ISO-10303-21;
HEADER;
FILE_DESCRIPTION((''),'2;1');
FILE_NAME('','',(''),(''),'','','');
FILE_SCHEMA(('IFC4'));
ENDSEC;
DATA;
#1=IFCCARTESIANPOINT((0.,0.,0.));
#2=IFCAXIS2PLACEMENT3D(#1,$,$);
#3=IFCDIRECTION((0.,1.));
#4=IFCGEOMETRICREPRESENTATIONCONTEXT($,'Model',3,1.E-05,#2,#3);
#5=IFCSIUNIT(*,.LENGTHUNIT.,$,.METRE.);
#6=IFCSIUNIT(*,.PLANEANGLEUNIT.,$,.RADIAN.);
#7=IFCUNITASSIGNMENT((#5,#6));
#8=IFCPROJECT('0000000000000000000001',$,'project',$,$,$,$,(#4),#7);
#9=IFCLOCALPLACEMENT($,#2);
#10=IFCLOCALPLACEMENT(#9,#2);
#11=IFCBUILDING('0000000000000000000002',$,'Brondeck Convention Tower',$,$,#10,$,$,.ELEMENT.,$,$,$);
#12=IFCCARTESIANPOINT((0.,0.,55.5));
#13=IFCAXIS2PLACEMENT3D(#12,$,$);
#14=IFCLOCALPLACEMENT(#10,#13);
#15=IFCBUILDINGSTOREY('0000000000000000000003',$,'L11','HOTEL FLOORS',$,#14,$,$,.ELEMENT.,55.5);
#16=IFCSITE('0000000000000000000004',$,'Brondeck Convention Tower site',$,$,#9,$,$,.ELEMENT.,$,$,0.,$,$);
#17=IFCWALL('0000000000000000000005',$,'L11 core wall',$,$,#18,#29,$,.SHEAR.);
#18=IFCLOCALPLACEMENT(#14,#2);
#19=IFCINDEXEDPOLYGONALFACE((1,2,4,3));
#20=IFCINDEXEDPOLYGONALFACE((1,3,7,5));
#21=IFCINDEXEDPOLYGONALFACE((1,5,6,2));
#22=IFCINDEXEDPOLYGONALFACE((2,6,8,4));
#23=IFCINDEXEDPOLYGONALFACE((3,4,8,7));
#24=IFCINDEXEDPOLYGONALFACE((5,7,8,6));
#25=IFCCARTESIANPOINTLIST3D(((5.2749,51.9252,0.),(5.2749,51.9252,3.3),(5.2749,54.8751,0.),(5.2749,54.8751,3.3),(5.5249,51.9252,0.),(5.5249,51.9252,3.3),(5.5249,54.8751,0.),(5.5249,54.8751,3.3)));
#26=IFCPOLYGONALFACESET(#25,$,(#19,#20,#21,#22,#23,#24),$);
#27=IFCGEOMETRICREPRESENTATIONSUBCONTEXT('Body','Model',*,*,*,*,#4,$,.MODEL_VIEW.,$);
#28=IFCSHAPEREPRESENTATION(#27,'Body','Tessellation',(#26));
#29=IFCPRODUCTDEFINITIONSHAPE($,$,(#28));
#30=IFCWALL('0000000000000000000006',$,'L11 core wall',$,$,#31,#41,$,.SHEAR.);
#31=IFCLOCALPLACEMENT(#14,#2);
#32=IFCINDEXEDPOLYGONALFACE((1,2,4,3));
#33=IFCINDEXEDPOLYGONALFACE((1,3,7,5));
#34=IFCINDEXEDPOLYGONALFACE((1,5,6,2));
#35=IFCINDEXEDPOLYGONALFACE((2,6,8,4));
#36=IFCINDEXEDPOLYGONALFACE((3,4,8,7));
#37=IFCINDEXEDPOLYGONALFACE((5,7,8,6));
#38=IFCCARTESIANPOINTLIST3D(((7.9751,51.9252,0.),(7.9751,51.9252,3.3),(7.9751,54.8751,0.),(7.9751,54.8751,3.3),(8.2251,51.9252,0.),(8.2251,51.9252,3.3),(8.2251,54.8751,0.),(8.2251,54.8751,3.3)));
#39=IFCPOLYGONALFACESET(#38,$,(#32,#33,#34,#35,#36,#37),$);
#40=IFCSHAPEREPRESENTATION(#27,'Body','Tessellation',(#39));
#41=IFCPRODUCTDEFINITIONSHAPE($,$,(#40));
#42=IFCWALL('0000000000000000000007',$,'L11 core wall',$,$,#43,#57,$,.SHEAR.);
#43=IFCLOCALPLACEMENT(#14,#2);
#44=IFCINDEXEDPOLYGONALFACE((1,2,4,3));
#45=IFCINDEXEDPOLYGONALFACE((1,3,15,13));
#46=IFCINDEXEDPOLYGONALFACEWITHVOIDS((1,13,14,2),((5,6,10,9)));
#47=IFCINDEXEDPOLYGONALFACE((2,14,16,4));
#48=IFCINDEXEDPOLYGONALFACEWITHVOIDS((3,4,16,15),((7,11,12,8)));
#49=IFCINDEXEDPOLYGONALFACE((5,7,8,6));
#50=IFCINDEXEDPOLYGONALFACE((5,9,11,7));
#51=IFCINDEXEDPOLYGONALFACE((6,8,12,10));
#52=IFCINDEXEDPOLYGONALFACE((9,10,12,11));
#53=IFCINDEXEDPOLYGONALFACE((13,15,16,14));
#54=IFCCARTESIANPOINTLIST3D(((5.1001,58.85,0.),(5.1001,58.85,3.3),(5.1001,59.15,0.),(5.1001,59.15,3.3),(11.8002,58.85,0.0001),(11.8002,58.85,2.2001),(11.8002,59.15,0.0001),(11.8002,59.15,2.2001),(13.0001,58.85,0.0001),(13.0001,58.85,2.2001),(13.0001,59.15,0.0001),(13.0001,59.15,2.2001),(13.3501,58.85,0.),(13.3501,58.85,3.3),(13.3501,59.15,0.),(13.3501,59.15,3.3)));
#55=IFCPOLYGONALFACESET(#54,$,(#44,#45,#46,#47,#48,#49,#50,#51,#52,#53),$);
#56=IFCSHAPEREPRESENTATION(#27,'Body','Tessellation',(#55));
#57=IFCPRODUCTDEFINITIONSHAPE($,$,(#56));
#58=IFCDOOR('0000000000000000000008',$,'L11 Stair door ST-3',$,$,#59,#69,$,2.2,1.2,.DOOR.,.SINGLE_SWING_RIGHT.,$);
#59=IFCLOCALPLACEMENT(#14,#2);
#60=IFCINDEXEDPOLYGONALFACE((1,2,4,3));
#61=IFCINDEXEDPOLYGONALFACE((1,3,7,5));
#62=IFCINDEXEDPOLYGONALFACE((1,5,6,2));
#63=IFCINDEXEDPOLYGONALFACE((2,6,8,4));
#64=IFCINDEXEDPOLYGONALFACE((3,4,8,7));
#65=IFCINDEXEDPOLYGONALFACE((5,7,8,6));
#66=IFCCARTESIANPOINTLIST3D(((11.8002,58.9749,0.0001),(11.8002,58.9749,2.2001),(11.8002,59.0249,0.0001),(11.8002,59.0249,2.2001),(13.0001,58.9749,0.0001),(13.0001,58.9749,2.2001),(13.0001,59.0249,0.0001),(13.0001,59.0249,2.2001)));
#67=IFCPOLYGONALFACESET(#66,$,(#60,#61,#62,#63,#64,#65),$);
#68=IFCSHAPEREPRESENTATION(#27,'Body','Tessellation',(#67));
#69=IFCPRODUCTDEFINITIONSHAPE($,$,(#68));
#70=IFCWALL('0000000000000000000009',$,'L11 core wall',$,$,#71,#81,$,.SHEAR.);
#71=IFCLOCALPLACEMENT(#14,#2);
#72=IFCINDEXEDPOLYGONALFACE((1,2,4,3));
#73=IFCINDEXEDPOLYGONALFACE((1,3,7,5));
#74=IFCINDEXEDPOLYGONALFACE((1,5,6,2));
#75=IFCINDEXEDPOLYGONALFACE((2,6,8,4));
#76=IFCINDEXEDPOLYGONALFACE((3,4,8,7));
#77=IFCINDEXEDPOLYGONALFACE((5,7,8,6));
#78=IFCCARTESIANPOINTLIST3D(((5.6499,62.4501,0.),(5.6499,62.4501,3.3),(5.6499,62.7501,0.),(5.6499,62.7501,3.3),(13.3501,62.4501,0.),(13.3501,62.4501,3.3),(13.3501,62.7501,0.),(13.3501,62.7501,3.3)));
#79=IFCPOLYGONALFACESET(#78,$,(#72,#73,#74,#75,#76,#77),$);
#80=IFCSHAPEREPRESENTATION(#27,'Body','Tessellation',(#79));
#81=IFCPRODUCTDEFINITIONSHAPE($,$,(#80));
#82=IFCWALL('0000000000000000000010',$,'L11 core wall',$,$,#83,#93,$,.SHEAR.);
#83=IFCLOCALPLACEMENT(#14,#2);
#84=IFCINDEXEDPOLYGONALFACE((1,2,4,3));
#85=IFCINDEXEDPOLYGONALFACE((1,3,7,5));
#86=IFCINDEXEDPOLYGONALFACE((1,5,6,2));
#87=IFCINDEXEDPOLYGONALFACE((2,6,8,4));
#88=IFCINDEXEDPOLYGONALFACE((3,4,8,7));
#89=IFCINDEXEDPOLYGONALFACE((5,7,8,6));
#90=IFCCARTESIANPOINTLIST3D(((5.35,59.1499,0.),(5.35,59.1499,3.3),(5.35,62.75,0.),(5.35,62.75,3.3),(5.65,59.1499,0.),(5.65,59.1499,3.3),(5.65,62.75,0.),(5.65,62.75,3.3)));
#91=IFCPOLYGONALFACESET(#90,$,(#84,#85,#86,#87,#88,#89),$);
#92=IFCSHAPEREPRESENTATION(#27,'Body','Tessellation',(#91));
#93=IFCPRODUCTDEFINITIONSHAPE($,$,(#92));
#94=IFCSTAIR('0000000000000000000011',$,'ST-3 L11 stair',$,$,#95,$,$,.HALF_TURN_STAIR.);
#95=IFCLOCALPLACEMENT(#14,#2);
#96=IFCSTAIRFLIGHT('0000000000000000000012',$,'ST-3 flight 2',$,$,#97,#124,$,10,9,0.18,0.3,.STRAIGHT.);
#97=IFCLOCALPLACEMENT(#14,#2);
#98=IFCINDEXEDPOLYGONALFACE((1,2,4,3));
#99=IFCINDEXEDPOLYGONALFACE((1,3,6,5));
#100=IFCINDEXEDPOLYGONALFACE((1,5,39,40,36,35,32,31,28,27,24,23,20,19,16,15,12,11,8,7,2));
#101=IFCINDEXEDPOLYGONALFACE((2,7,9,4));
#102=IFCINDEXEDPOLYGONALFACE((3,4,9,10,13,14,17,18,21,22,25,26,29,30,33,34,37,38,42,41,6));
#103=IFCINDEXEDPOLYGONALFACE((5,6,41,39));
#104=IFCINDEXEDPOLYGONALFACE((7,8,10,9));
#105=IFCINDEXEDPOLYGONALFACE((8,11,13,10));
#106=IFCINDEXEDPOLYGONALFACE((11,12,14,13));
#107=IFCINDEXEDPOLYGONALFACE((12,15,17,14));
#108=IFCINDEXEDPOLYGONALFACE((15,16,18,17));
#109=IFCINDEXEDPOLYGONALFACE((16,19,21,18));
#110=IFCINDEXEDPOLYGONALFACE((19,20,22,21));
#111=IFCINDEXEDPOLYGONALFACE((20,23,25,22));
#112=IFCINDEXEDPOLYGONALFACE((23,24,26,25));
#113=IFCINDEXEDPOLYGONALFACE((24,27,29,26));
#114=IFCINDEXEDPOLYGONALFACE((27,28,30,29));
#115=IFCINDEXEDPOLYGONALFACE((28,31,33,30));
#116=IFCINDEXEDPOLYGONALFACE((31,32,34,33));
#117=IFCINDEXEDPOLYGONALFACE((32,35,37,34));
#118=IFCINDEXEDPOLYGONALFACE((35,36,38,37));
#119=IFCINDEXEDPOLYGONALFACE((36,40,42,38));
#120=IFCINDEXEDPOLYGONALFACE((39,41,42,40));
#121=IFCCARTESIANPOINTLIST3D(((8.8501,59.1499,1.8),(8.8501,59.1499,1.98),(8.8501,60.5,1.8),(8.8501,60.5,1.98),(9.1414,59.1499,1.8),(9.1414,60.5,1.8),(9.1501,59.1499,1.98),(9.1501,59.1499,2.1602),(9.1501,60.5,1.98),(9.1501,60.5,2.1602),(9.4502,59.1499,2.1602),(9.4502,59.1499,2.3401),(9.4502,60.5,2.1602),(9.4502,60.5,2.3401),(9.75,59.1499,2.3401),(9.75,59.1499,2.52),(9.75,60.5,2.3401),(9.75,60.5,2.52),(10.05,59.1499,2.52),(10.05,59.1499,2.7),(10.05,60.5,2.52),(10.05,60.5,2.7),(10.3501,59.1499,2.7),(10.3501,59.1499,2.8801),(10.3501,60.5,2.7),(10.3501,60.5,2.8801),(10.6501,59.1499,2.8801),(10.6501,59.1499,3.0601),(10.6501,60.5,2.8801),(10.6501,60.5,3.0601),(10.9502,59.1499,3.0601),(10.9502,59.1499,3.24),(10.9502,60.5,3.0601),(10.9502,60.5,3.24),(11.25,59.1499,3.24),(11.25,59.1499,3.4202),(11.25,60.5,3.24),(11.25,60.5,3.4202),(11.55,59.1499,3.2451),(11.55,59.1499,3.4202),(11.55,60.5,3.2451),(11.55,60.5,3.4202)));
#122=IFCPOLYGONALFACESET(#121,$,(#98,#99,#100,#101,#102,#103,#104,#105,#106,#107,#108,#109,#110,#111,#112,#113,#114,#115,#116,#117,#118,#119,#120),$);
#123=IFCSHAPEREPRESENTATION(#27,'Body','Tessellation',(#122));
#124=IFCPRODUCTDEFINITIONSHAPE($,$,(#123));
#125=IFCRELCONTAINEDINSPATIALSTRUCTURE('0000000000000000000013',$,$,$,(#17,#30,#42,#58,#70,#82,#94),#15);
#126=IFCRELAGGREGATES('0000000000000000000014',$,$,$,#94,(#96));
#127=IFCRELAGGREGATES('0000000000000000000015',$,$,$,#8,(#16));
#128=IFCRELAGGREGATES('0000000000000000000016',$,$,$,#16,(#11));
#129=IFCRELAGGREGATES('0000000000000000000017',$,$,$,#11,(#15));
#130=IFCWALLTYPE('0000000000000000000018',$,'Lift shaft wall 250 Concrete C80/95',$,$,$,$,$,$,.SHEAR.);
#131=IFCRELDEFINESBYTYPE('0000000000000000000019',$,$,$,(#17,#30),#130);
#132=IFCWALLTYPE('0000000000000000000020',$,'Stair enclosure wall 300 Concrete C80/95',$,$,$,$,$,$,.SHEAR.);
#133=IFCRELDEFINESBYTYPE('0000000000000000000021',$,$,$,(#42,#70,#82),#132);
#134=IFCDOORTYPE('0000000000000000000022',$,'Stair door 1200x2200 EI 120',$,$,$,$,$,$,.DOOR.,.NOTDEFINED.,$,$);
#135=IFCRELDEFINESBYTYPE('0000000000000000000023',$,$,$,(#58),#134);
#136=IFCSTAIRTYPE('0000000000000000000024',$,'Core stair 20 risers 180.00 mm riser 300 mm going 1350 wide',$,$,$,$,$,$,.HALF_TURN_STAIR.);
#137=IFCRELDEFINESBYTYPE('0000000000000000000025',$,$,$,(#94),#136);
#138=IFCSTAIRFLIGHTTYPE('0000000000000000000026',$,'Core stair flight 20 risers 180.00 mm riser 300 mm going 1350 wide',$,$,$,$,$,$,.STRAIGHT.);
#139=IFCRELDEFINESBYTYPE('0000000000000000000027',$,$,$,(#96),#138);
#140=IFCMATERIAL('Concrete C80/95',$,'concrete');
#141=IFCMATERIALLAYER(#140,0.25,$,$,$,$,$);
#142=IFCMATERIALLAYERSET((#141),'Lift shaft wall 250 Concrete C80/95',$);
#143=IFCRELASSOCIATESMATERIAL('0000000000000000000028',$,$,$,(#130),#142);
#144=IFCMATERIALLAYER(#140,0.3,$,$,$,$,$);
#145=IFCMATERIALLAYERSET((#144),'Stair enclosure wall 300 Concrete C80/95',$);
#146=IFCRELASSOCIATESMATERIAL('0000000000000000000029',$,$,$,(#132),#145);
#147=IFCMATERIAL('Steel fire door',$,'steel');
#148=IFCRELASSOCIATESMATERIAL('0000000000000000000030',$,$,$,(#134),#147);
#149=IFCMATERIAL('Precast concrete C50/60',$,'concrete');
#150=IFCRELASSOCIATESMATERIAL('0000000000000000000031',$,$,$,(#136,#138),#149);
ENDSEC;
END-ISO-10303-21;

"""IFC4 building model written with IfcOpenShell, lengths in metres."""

from ifc_helpers import new_model, si_unit, direction, frame, frame_2d, origin, place, context, subcontext, project, spatial, polyline, rectangle, outline, extrude, material, layer, layer_set, type_object, element, fill, aggregate, save


model = new_model("IFC4")

# Units and contexts
model_context = context("Model", 3, precision=1e-05, world=origin(), true_north=direction((0.0, 1.0)))
body_context = subcontext(model_context, "Body", "Model", "MODEL_VIEW")
ifc_project = project(units=[si_unit("LENGTHUNIT", "METRE"), si_unit("PLANEANGLEUNIT", "RADIAN")], contexts=[model_context])

# Site, building, storey
site_placement = place(None, origin())
site = spatial("IfcSite", under=ifc_project, at=site_placement, Name="Brondeck Convention Tower site", CompositionType="ELEMENT", RefElevation=0.0)
building_placement = place(site_placement, origin())
building = spatial("IfcBuilding", under=site, at=building_placement, Name="Brondeck Convention Tower", CompositionType="ELEMENT")
storey_placement = place(building_placement, frame((0.0, 0.0, 55.5)))
storey = spatial("IfcBuildingStorey", under=building, at=storey_placement, Name="L11", Description="HOTEL FLOORS", CompositionType="ELEMENT", Elevation=55.5)

# Shared definitions
ifc_material_1 = material(Name="Concrete C80/95", Category="concrete")

# Shared definitions
ifc_material_2 = material(Name="Steel fire door", Category="steel")

# Shared definitions
ifc_layer_1 = layer(ifc_material_1, 0.25)
ifc_layer_set_1 = layer_set([ifc_layer_1], Name="Lift shaft wall 250 Concrete C80/95")
wall_type_1 = type_object("IfcWallType", Name="Lift shaft wall 250 Concrete C80/95", PredefinedType="SHEAR", material=ifc_layer_set_1)

# Walls
for number, where, z_axis, x_axis, name in (
    (1, (5.3999, 51.925, 0.0), (0.0, 0.0, 1.0), (0.0, 1.0, 0.0), "L11 core wall"),
    (2, (8.1001, 51.925, 0.0), (0.0, 0.0, 1.0), (0.0, 1.0, 0.0), "L11 core wall"),
):
    element("IfcWall", number, at=place(storey_placement, frame(where, z_axis=z_axis, x_axis=x_axis)), inside=storey, type_object=wall_type_1, Name=name, PredefinedType="SHEAR", context=body_context, shape_type="SweptSolid", body=[
        extrude(rectangle(XDim=2.95, YDim=0.25, at=frame_2d((1.4751, 0.0))), origin(), (0.0, 0.0, 1.0), 3.3),
    ])

# Wall, opening, door
ifc_layer_2 = layer(ifc_material_1, 0.3)
ifc_layer_set_2 = layer_set([ifc_layer_2], Name="Stair enclosure wall 300 Concrete C80/95")
wall_type_2 = type_object("IfcWallType", Name="Stair enclosure wall 300 Concrete C80/95", PredefinedType="SHEAR", material=ifc_layer_set_2)
wall_1_placement = place(storey_placement, frame((5.1001, 59.0, 0.0), z_axis=(0.0, 0.0, 1.0), x_axis=(1.0, 0.0, 0.0)))
wall_1 = element("IfcWall", 3, at=wall_1_placement, inside=storey, type_object=wall_type_2, Name="L11 core wall", PredefinedType="SHEAR", context=body_context, shape_type="SweptSolid", body=[
    extrude(rectangle(XDim=8.25, YDim=0.3, at=frame_2d((4.125, 0.0))), origin(), (0.0, 0.0, 1.0), 3.3),
])
opening_1_placement = place(wall_1_placement, frame((6.7, 0.0, 0.0)))
opening_1 = element("IfcOpeningElement", 4, at=opening_1_placement, cuts=wall_1, PredefinedType="OPENING", context=body_context, shape_type="SweptSolid", body=[
    extrude(rectangle(XDim=1.2, YDim=2.2, at=frame_2d((0.6001, 1.1001))), frame((0.0, 0.1599, 0.0), z_axis=(0.0, -1.0, 0.0), x_axis=(1.0, 0.0, 0.0)), (0.0, 0.0, 1.0), 0.3201),
])
door_type_1 = type_object("IfcDoorType", Name="Stair door 1200x2200 EI 120", OperationType="NOTDEFINED", PredefinedType="DOOR", material=ifc_material_2)
door_1_placement = place(opening_1_placement, origin())
door_1 = element("IfcDoor", 5, at=door_1_placement, inside=storey, type_object=door_type_1, Name="L11 Stair door ST-3", OperationType="SINGLE_SWING_RIGHT", OverallHeight=2.2, OverallWidth=1.2, PredefinedType="DOOR", context=body_context, shape_type="SweptSolid", body=[
    extrude(rectangle(XDim=1.2, YDim=2.2, at=frame_2d((0.6001, 1.1001))), frame((0.0, 0.0249, 0.0), z_axis=(0.0, -1.0, 0.0), x_axis=(1.0, 0.0, 0.0)), (0.0, 0.0, 1.0), 0.05),
])
fill(opening_1, door_1)

# Walls
wall_2_placement = place(storey_placement, frame((5.6499, 62.6001, 0.0), z_axis=(0.0, 0.0, 1.0), x_axis=(1.0, 0.0, 0.0)))
element("IfcWall", 6, at=wall_2_placement, inside=storey, type_object=wall_type_2, Name="L11 core wall", PredefinedType="SHEAR", context=body_context, shape_type="SweptSolid", body=[
    extrude(rectangle(XDim=7.7002, YDim=0.3, at=frame_2d((3.8501, 0.0))), origin(), (0.0, 0.0, 1.0), 3.3),
])
wall_3_placement = place(storey_placement, frame((5.5, 59.1499, 0.0), z_axis=(0.0, 0.0, 1.0), x_axis=(0.0, 1.0, 0.0)))
element("IfcWall", 7, at=wall_3_placement, inside=storey, type_object=wall_type_2, Name="L11 core wall", PredefinedType="SHEAR", context=body_context, shape_type="SweptSolid", body=[
    extrude(rectangle(XDim=3.6001, YDim=0.3, at=frame_2d((1.8, 0.0))), origin(), (0.0, 0.0, 1.0), 3.3),
])

# Stair, stair flight
ifc_material_3 = material(Name="Precast concrete C50/60", Category="concrete")
stair_type = type_object("IfcStairType", Name="Core stair 20 risers 180.00 mm riser 300 mm going 1350 wide", PredefinedType="HALF_TURN_STAIR", material=ifc_material_3)
stair_placement = place(storey_placement, origin())
stair = element("IfcStair", 8, at=stair_placement, inside=storey, type_object=stair_type, Name="ST-3 L11 stair", PredefinedType="HALF_TURN_STAIR")
stair_flight_type = type_object("IfcStairFlightType", Name="Core stair flight 20 risers 180.00 mm riser 300 mm going 1350 wide", PredefinedType="STRAIGHT", material=ifc_material_3)
stair_flight_placement = place(storey_placement, frame((8.8501, 59.825, 1.8), z_axis=(0.0, 0.0, 1.0), x_axis=(1.0, 0.0, 0.0)))
stair_flight = element("IfcStairFlight", 9, at=stair_flight_placement, type_object=stair_flight_type, Name="ST-3 flight 2", NumberOfRisers=10, NumberOfTreads=9, PredefinedType="STRAIGHT", RiserHeight=0.18, TreadLength=0.3, context=body_context, shape_type="SweptSolid", body=[
    extrude(outline(polyline([(0.0, 0.0), (0.0, 0.1799), (0.3, 0.1799), (0.3, 0.3601), (0.6001, 0.3601), (0.6001, 0.54), (0.8999, 0.54), (0.8999, 0.72), (1.2, 0.72), (1.2, 0.8999), (1.5, 0.8999), (1.5, 1.0801), (1.8, 1.0801), (1.8, 1.26), (2.1001, 1.26), (2.1001, 1.4399), (2.3999, 1.4399), (2.3999, 1.6201), (2.7, 1.6201), (2.7, 1.8), (2.7, 1.4451), (0.2913, 0.0), (0.0, 0.0)])), frame((0.0, 0.675, 0.0), z_axis=(0.0, -1.0, 0.0), x_axis=(1.0, 0.0, 0.0)), (0.0, 0.0, 1.0), 1.3501),
])
aggregate(stair, [stair_flight])

save(model, "model.ifc")
